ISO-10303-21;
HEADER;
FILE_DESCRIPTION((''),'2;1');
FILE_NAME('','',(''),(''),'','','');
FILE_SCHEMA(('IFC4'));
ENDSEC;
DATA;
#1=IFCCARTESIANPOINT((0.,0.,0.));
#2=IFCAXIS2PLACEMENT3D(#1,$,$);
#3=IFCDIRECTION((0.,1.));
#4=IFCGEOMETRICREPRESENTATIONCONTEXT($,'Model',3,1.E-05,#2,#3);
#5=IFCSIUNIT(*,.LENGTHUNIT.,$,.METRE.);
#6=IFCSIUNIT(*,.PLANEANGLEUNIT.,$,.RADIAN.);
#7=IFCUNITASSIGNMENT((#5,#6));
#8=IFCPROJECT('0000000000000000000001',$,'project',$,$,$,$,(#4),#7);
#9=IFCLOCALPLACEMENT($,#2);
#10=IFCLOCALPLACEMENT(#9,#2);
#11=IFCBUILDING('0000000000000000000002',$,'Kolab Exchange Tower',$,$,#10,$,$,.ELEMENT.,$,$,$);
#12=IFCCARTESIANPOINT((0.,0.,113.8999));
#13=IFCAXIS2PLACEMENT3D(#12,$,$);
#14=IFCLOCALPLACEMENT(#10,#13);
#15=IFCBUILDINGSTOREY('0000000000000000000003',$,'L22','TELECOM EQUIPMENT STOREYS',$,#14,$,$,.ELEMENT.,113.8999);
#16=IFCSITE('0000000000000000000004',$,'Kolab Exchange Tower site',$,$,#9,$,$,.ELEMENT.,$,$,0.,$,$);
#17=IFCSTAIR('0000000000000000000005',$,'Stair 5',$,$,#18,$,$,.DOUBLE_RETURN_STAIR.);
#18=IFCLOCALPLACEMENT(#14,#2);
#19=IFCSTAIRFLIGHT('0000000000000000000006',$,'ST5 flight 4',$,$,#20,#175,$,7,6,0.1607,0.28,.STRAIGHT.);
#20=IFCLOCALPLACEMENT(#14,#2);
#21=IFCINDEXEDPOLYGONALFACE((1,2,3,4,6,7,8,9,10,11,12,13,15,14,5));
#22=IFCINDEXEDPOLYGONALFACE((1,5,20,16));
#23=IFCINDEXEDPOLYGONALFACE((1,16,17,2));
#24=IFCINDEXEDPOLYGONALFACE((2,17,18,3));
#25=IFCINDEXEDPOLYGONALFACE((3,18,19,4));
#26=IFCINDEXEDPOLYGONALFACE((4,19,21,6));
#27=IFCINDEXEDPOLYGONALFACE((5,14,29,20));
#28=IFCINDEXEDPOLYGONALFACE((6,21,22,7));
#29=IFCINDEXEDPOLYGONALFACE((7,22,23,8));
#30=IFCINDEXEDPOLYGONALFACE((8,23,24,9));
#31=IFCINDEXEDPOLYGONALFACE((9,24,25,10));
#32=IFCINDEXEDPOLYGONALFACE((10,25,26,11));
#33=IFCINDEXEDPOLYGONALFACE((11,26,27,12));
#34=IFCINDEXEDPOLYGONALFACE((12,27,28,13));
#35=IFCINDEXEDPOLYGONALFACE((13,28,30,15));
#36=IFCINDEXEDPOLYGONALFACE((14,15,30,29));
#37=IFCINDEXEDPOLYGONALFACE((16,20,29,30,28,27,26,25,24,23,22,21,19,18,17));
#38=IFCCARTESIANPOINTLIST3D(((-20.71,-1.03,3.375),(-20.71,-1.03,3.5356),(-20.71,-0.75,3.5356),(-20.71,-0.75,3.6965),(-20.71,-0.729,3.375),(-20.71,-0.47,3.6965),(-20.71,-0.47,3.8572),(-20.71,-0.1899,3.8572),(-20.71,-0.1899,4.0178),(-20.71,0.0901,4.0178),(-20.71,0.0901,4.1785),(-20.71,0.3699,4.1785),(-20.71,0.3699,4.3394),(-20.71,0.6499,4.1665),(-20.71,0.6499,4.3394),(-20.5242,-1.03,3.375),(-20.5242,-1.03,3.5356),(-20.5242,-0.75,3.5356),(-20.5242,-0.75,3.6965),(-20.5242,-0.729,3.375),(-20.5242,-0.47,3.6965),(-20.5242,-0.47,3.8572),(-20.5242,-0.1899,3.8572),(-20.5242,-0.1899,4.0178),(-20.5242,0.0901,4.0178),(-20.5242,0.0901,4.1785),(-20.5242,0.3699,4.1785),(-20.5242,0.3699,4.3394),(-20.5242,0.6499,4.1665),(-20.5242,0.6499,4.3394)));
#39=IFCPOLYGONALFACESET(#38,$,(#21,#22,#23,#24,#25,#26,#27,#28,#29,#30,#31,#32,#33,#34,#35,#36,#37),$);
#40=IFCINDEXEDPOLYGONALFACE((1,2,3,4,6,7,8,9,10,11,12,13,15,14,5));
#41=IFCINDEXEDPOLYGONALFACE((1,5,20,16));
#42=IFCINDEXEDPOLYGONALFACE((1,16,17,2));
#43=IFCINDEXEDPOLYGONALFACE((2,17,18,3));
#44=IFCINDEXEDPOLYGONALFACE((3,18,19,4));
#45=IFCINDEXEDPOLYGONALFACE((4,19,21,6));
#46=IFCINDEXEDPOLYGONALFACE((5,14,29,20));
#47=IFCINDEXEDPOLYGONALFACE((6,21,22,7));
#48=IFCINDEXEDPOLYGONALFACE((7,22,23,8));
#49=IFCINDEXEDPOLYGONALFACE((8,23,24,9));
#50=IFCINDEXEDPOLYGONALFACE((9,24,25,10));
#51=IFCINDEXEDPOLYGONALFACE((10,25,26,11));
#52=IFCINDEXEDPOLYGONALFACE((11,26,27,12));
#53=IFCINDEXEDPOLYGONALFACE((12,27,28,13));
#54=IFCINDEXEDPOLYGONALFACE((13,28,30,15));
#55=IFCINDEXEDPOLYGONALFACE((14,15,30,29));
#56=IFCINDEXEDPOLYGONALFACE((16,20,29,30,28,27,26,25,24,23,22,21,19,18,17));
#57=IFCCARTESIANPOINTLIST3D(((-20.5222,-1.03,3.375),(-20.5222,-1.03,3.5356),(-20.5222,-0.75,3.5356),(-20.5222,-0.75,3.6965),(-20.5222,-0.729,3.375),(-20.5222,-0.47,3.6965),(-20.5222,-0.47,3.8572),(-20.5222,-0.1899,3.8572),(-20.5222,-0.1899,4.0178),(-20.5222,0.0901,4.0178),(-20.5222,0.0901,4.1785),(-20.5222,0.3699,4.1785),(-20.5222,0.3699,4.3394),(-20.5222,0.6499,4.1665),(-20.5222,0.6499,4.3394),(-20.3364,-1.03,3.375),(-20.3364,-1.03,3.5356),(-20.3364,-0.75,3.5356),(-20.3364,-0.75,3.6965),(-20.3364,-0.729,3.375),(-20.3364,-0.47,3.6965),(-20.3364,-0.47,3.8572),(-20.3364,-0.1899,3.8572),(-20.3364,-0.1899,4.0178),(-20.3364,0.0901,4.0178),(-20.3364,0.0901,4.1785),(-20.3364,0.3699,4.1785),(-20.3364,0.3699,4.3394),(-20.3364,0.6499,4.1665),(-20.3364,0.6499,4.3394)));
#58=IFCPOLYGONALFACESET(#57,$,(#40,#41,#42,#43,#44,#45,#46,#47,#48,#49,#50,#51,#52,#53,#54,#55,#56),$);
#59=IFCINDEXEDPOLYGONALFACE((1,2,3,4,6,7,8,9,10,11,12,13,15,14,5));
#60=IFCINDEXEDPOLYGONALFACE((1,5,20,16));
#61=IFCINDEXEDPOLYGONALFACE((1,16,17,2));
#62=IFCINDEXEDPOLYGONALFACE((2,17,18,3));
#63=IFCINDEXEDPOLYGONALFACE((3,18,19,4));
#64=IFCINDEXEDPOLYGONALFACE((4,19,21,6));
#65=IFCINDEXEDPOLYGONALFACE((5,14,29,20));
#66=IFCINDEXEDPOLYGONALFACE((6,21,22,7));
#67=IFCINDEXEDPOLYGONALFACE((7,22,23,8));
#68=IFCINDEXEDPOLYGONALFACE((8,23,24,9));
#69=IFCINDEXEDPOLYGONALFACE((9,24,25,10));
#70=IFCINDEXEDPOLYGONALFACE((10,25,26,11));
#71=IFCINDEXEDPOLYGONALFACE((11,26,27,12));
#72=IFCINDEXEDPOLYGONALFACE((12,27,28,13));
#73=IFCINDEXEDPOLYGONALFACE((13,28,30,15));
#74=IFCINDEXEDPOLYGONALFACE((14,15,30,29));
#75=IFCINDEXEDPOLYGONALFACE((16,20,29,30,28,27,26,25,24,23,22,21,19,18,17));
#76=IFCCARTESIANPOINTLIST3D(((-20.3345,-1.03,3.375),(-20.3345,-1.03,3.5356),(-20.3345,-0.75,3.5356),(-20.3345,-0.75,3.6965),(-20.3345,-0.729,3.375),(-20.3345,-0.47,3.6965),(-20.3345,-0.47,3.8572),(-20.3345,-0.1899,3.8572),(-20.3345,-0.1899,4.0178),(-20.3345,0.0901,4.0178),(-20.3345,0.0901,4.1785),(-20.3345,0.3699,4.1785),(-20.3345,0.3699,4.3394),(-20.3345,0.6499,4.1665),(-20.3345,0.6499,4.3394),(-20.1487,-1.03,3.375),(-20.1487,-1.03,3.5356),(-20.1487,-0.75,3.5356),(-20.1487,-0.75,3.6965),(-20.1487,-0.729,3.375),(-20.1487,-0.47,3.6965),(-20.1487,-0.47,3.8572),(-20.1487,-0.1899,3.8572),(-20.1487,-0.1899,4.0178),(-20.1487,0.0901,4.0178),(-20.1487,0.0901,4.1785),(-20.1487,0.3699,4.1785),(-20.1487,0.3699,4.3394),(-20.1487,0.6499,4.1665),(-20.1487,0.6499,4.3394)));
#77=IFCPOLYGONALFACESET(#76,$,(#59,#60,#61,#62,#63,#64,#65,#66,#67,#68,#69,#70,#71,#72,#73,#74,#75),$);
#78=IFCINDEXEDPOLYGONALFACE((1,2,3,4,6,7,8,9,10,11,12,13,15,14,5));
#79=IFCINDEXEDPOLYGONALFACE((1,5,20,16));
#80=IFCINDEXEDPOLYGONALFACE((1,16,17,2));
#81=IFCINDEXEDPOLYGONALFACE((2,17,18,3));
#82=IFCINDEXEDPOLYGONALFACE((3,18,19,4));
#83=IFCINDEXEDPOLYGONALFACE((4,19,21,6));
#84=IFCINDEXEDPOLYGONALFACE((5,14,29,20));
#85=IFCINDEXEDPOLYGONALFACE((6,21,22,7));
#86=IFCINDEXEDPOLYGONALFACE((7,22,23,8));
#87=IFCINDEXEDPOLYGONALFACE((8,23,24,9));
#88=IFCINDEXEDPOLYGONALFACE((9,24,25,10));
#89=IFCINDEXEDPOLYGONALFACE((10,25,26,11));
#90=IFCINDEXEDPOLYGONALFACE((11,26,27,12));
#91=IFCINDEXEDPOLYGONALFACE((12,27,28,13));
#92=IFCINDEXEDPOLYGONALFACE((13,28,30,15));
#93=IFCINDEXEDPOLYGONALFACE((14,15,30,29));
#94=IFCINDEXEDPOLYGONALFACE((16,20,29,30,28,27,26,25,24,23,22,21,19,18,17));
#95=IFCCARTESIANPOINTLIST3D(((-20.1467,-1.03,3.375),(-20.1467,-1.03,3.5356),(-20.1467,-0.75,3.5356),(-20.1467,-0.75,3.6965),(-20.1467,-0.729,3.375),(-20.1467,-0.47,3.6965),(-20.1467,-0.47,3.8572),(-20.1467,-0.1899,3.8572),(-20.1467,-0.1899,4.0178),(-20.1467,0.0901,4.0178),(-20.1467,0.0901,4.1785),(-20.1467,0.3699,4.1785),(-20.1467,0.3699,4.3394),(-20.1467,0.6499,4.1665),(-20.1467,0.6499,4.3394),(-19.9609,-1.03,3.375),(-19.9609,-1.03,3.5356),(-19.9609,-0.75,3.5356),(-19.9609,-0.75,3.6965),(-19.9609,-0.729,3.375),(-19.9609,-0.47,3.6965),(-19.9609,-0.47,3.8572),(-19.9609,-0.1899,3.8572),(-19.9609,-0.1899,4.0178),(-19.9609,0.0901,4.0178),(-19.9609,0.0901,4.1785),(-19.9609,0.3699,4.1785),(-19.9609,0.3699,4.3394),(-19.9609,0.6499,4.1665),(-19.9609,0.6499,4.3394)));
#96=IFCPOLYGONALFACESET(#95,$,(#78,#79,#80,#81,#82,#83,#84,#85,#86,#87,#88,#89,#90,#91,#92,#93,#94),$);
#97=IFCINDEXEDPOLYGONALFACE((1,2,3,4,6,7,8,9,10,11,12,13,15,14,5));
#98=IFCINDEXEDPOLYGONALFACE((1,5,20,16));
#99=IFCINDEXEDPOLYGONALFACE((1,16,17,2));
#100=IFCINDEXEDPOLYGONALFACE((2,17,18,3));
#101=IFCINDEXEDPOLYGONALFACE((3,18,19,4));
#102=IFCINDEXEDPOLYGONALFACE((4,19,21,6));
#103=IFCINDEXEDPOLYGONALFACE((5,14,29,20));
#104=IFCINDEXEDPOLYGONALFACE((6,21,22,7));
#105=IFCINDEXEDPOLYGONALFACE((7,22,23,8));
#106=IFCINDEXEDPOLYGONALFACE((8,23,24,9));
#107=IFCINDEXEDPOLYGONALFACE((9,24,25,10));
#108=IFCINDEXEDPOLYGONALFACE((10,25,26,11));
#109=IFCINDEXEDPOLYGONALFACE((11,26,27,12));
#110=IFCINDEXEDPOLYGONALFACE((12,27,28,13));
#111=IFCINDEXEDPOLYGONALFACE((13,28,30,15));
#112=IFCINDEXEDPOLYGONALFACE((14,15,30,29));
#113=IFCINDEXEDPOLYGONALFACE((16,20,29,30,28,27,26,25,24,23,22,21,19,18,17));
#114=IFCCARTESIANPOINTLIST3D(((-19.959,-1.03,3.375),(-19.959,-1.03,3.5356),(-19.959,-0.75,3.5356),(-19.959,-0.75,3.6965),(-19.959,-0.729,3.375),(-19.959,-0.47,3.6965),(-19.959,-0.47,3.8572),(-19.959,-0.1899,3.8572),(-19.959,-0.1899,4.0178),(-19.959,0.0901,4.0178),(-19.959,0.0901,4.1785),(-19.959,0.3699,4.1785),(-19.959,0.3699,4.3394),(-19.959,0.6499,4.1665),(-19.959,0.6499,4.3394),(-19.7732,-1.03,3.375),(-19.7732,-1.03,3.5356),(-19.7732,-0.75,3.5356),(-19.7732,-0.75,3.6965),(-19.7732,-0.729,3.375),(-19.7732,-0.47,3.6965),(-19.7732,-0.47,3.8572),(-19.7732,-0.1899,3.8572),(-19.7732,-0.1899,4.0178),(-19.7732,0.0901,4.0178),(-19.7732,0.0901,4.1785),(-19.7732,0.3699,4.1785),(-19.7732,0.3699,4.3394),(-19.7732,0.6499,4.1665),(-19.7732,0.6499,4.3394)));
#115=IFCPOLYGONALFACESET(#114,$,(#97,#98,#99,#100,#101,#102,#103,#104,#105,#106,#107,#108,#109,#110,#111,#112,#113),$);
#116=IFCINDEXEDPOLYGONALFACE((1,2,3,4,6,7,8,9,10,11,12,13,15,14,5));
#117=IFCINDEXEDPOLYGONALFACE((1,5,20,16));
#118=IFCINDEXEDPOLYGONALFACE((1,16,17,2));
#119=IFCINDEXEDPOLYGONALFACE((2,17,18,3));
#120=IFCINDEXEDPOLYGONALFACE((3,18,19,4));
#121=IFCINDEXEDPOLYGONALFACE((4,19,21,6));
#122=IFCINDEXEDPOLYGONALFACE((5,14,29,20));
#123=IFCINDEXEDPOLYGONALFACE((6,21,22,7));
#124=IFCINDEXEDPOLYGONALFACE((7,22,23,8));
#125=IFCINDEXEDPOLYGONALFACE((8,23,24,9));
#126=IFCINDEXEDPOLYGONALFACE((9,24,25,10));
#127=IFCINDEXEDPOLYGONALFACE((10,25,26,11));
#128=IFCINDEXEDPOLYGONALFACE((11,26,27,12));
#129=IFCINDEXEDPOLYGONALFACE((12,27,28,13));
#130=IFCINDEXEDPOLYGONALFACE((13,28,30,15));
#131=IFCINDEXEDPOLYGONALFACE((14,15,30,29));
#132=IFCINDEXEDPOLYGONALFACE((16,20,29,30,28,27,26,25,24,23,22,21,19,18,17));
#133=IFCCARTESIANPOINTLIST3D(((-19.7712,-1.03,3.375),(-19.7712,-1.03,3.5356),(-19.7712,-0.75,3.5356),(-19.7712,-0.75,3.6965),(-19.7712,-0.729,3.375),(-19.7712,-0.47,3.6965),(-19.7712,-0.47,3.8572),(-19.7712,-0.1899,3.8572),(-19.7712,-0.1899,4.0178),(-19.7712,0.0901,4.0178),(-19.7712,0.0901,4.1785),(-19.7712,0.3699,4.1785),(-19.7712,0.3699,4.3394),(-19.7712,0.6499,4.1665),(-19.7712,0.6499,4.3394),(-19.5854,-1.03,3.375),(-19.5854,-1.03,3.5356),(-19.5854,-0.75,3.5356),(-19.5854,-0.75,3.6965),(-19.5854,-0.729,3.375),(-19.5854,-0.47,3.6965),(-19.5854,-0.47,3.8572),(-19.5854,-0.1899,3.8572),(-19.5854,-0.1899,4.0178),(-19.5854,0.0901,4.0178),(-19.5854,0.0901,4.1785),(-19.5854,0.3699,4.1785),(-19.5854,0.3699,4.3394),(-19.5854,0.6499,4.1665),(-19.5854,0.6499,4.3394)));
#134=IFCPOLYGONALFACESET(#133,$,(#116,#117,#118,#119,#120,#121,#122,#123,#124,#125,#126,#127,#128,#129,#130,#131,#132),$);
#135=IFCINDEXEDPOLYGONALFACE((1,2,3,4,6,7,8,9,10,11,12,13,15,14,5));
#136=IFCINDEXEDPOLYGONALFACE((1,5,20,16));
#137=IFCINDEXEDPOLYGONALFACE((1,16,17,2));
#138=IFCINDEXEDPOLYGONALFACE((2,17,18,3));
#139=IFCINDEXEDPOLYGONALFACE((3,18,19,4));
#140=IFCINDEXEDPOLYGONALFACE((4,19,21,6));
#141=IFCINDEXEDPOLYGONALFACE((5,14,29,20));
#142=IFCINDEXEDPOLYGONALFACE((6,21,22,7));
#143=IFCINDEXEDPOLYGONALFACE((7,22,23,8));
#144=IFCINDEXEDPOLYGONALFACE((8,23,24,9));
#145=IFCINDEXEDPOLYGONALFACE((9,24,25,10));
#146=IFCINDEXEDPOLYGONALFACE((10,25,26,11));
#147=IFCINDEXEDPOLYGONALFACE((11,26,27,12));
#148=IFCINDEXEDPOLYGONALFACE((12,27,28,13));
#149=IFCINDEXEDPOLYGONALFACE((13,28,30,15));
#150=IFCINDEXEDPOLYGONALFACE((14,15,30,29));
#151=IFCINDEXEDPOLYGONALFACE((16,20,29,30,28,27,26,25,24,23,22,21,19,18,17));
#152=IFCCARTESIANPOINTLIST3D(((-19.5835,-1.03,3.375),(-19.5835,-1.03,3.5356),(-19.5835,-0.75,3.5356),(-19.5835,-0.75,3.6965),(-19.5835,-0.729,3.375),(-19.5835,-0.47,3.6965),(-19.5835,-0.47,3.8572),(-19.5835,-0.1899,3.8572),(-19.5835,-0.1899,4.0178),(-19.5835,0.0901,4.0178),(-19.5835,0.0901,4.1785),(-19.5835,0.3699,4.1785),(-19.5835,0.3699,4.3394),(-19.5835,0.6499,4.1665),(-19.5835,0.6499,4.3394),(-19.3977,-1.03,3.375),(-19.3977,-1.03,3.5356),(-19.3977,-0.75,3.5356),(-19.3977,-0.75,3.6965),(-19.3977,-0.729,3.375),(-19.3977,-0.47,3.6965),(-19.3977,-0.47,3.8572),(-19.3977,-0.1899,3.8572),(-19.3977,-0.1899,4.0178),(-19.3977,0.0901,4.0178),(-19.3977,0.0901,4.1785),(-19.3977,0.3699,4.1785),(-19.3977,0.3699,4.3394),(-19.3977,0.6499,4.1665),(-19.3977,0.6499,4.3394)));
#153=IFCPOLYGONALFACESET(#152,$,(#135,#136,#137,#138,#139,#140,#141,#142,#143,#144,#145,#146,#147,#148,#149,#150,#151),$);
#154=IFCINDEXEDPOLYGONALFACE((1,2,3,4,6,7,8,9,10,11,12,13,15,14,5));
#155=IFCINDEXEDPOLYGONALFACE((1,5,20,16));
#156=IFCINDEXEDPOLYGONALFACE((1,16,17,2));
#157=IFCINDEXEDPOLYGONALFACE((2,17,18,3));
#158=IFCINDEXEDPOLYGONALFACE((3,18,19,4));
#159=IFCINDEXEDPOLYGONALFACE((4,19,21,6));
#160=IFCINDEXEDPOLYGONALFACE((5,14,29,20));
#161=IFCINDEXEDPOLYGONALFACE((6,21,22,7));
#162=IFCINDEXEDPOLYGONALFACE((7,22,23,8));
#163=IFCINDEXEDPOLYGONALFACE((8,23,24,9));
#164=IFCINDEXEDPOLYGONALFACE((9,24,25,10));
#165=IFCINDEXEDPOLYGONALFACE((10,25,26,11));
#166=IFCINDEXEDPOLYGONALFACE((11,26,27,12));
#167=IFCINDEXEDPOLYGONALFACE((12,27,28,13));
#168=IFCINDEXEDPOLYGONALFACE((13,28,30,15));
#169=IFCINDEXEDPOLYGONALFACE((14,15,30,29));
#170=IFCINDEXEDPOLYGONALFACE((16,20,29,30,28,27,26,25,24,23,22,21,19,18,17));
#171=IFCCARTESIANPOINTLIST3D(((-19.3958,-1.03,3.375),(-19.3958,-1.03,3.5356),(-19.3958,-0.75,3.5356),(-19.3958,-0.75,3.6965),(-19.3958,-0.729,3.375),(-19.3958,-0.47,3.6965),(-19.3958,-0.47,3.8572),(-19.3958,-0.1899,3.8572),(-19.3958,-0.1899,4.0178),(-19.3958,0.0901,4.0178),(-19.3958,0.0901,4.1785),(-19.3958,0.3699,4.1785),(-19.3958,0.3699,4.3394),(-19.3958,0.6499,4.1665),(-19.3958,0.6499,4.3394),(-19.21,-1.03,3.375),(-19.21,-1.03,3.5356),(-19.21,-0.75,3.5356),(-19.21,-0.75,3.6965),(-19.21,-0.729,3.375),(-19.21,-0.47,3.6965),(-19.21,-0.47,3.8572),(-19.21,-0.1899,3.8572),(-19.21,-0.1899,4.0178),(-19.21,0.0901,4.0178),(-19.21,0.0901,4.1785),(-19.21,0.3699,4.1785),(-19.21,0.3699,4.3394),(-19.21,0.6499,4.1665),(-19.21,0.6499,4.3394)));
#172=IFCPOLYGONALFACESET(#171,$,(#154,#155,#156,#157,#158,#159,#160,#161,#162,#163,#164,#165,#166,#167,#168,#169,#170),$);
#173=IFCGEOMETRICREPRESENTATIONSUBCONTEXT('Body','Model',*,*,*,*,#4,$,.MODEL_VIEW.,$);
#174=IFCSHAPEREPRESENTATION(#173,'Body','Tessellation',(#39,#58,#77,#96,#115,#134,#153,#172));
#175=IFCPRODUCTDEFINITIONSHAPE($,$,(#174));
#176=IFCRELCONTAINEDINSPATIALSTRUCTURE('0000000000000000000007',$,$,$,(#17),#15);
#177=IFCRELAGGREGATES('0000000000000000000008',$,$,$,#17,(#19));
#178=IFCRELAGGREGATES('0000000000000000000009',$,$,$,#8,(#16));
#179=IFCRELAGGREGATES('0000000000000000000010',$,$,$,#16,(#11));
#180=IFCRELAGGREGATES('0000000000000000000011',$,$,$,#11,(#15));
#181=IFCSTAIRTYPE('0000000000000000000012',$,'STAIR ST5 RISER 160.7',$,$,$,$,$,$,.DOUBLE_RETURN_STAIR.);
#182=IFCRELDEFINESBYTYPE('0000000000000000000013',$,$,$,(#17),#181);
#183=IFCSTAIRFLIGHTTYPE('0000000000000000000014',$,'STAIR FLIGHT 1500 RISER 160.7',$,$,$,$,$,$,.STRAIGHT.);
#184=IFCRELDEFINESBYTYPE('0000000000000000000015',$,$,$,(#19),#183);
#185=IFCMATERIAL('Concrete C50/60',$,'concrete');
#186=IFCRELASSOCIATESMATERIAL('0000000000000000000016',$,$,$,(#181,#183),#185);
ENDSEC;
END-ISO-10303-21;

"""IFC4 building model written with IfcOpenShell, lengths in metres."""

from ifc_helpers import new_model, si_unit, direction, frame, origin, place, context, subcontext, project, spatial, polyline, outline, extrude, material, type_object, element, aggregate, save


model = new_model("IFC4")

# Units and contexts
model_context = context("Model", 3, precision=1e-05, world=origin(), true_north=direction((0.0, 1.0)))
body_context = subcontext(model_context, "Body", "Model", "MODEL_VIEW")
ifc_project = project(units=[si_unit("LENGTHUNIT", "METRE"), si_unit("PLANEANGLEUNIT", "RADIAN")], contexts=[model_context])

# Site, building, storey
site_placement = place(None, origin())
site = spatial("IfcSite", under=ifc_project, at=site_placement, Name="Kolab Exchange Tower site", CompositionType="ELEMENT", RefElevation=0.0)
building_placement = place(site_placement, origin())
building = spatial("IfcBuilding", under=site, at=building_placement, Name="Kolab Exchange Tower", CompositionType="ELEMENT")
storey_placement = place(building_placement, frame((0.0, 0.0, 113.8999)))
storey = spatial("IfcBuildingStorey", under=building, at=storey_placement, Name="L22", Description="TELECOM EQUIPMENT STOREYS", CompositionType="ELEMENT", Elevation=113.8999)

# Shared definitions
ifc_material_1 = material(Name="Concrete C50/60", Category="concrete")

# Stair, stair flight
stair_type = type_object("IfcStairType", Name="STAIR ST5 RISER 160.7", PredefinedType="DOUBLE_RETURN_STAIR", material=ifc_material_1)
stair_placement = place(storey_placement, origin())
stair = element("IfcStair", 1, at=stair_placement, inside=storey, type_object=stair_type, Name="Stair 5", PredefinedType="DOUBLE_RETURN_STAIR")
stair_flight_type = type_object("IfcStairFlightType", Name="STAIR FLIGHT 1500 RISER 160.7", PredefinedType="STRAIGHT", material=ifc_material_1)
stair_flight_1_placement = place(storey_placement, frame((-19.96, -1.03, 3.375), z_axis=(0.0, 0.0, 1.0), x_axis=(0.0, 1.0, 0.0)))
stair_flight_1 = element("IfcStairFlight", 2, at=stair_flight_1_placement, type_object=stair_flight_type, Name="ST5 flight 4", NumberOfRisers=7, NumberOfTreads=6, PredefinedType="STRAIGHT", RiserHeight=0.1607, TreadLength=0.28, context=body_context, shape_type="SweptSolid", body=[
    extrude(outline(polyline([(0.0, 0.0), (0.0, 0.1606), (0.28, 0.1606), (0.28, 0.3215), (0.5601, 0.3215), (0.5601, 0.4822), (0.8401, 0.4822), (0.8401, 0.6428), (1.1201, 0.6428), (1.1201, 0.8035), (1.3999, 0.8035), (1.3999, 0.9644), (1.6799, 0.9644), (1.6799, 1.125), (1.6799, 0.7915), (0.301, 0.0), (0.0, 0.0)])), frame((0.0, 0.75, 0.0), z_axis=(0.0, -1.0, 0.0), x_axis=(1.0, 0.0, 0.0)), (0.0, 0.0, 1.0), 0.1858),
    extrude(outline(polyline([(0.0, 0.0), (0.0, 0.1606), (0.28, 0.1606), (0.28, 0.3215), (0.5601, 0.3215), (0.5601, 0.4822), (0.8401, 0.4822), (0.8401, 0.6428), (1.1201, 0.6428), (1.1201, 0.8035), (1.3999, 0.8035), (1.3999, 0.9644), (1.6799, 0.9644), (1.6799, 1.125), (1.6799, 0.7915), (0.301, 0.0), (0.0, 0.0)])), frame((0.0, 0.5623, 0.0), z_axis=(0.0, -1.0, 0.0), x_axis=(1.0, 0.0, 0.0)), (0.0, 0.0, 1.0), 0.1858),
    extrude(outline(polyline([(0.0, 0.0), (0.0, 0.1606), (0.28, 0.1606), (0.28, 0.3215), (0.5601, 0.3215), (0.5601, 0.4822), (0.8401, 0.4822), (0.8401, 0.6428), (1.1201, 0.6428), (1.1201, 0.8035), (1.3999, 0.8035), (1.3999, 0.9644), (1.6799, 0.9644), (1.6799, 1.125), (1.6799, 0.7915), (0.301, 0.0), (0.0, 0.0)])), frame((0.0, 0.3745, 0.0), z_axis=(0.0, -1.0, 0.0), x_axis=(1.0, 0.0, 0.0)), (0.0, 0.0, 1.0), 0.1858),
    extrude(outline(polyline([(0.0, 0.0), (0.0, 0.1606), (0.28, 0.1606), (0.28, 0.3215), (0.5601, 0.3215), (0.5601, 0.4822), (0.8401, 0.4822), (0.8401, 0.6428), (1.1201, 0.6428), (1.1201, 0.8035), (1.3999, 0.8035), (1.3999, 0.9644), (1.6799, 0.9644), (1.6799, 1.125), (1.6799, 0.7915), (0.301, 0.0), (0.0, 0.0)])), frame((0.0, 0.1868, 0.0), z_axis=(0.0, -1.0, 0.0), x_axis=(1.0, 0.0, 0.0)), (0.0, 0.0, 1.0), 0.1858),
    extrude(outline(polyline([(0.0, 0.0), (0.0, 0.1606), (0.28, 0.1606), (0.28, 0.3215), (0.5601, 0.3215), (0.5601, 0.4822), (0.8401, 0.4822), (0.8401, 0.6428), (1.1201, 0.6428), (1.1201, 0.8035), (1.3999, 0.8035), (1.3999, 0.9644), (1.6799, 0.9644), (1.6799, 1.125), (1.6799, 0.7915), (0.301, 0.0), (0.0, 0.0)])), frame((0.0, -0.001, 0.0), z_axis=(0.0, -1.0, 0.0), x_axis=(1.0, 0.0, 0.0)), (0.0, 0.0, 1.0), 0.1858),
    extrude(outline(polyline([(0.0, 0.0), (0.0, 0.1606), (0.28, 0.1606), (0.28, 0.3215), (0.5601, 0.3215), (0.5601, 0.4822), (0.8401, 0.4822), (0.8401, 0.6428), (1.1201, 0.6428), (1.1201, 0.8035), (1.3999, 0.8035), (1.3999, 0.9644), (1.6799, 0.9644), (1.6799, 1.125), (1.6799, 0.7915), (0.301, 0.0), (0.0, 0.0)])), frame((0.0, -0.1887, 0.0), z_axis=(0.0, -1.0, 0.0), x_axis=(1.0, 0.0, 0.0)), (0.0, 0.0, 1.0), 0.1858),
    extrude(outline(polyline([(0.0, 0.0), (0.0, 0.1606), (0.28, 0.1606), (0.28, 0.3215), (0.5601, 0.3215), (0.5601, 0.4822), (0.8401, 0.4822), (0.8401, 0.6428), (1.1201, 0.6428), (1.1201, 0.8035), (1.3999, 0.8035), (1.3999, 0.9644), (1.6799, 0.9644), (1.6799, 1.125), (1.6799, 0.7915), (0.301, 0.0), (0.0, 0.0)])), frame((0.0, -0.3765, 0.0), z_axis=(0.0, -1.0, 0.0), x_axis=(1.0, 0.0, 0.0)), (0.0, 0.0, 1.0), 0.1858),
    extrude(outline(polyline([(0.0, 0.0), (0.0, 0.1606), (0.28, 0.1606), (0.28, 0.3215), (0.5601, 0.3215), (0.5601, 0.4822), (0.8401, 0.4822), (0.8401, 0.6428), (1.1201, 0.6428), (1.1201, 0.8035), (1.3999, 0.8035), (1.3999, 0.9644), (1.6799, 0.9644), (1.6799, 1.125), (1.6799, 0.7915), (0.301, 0.0), (0.0, 0.0)])), frame((0.0, -0.5642, 0.0), z_axis=(0.0, -1.0, 0.0), x_axis=(1.0, 0.0, 0.0)), (0.0, 0.0, 1.0), 0.1858),
])
aggregate(stair, [stair_flight_1])

save(model, "model.ifc")
